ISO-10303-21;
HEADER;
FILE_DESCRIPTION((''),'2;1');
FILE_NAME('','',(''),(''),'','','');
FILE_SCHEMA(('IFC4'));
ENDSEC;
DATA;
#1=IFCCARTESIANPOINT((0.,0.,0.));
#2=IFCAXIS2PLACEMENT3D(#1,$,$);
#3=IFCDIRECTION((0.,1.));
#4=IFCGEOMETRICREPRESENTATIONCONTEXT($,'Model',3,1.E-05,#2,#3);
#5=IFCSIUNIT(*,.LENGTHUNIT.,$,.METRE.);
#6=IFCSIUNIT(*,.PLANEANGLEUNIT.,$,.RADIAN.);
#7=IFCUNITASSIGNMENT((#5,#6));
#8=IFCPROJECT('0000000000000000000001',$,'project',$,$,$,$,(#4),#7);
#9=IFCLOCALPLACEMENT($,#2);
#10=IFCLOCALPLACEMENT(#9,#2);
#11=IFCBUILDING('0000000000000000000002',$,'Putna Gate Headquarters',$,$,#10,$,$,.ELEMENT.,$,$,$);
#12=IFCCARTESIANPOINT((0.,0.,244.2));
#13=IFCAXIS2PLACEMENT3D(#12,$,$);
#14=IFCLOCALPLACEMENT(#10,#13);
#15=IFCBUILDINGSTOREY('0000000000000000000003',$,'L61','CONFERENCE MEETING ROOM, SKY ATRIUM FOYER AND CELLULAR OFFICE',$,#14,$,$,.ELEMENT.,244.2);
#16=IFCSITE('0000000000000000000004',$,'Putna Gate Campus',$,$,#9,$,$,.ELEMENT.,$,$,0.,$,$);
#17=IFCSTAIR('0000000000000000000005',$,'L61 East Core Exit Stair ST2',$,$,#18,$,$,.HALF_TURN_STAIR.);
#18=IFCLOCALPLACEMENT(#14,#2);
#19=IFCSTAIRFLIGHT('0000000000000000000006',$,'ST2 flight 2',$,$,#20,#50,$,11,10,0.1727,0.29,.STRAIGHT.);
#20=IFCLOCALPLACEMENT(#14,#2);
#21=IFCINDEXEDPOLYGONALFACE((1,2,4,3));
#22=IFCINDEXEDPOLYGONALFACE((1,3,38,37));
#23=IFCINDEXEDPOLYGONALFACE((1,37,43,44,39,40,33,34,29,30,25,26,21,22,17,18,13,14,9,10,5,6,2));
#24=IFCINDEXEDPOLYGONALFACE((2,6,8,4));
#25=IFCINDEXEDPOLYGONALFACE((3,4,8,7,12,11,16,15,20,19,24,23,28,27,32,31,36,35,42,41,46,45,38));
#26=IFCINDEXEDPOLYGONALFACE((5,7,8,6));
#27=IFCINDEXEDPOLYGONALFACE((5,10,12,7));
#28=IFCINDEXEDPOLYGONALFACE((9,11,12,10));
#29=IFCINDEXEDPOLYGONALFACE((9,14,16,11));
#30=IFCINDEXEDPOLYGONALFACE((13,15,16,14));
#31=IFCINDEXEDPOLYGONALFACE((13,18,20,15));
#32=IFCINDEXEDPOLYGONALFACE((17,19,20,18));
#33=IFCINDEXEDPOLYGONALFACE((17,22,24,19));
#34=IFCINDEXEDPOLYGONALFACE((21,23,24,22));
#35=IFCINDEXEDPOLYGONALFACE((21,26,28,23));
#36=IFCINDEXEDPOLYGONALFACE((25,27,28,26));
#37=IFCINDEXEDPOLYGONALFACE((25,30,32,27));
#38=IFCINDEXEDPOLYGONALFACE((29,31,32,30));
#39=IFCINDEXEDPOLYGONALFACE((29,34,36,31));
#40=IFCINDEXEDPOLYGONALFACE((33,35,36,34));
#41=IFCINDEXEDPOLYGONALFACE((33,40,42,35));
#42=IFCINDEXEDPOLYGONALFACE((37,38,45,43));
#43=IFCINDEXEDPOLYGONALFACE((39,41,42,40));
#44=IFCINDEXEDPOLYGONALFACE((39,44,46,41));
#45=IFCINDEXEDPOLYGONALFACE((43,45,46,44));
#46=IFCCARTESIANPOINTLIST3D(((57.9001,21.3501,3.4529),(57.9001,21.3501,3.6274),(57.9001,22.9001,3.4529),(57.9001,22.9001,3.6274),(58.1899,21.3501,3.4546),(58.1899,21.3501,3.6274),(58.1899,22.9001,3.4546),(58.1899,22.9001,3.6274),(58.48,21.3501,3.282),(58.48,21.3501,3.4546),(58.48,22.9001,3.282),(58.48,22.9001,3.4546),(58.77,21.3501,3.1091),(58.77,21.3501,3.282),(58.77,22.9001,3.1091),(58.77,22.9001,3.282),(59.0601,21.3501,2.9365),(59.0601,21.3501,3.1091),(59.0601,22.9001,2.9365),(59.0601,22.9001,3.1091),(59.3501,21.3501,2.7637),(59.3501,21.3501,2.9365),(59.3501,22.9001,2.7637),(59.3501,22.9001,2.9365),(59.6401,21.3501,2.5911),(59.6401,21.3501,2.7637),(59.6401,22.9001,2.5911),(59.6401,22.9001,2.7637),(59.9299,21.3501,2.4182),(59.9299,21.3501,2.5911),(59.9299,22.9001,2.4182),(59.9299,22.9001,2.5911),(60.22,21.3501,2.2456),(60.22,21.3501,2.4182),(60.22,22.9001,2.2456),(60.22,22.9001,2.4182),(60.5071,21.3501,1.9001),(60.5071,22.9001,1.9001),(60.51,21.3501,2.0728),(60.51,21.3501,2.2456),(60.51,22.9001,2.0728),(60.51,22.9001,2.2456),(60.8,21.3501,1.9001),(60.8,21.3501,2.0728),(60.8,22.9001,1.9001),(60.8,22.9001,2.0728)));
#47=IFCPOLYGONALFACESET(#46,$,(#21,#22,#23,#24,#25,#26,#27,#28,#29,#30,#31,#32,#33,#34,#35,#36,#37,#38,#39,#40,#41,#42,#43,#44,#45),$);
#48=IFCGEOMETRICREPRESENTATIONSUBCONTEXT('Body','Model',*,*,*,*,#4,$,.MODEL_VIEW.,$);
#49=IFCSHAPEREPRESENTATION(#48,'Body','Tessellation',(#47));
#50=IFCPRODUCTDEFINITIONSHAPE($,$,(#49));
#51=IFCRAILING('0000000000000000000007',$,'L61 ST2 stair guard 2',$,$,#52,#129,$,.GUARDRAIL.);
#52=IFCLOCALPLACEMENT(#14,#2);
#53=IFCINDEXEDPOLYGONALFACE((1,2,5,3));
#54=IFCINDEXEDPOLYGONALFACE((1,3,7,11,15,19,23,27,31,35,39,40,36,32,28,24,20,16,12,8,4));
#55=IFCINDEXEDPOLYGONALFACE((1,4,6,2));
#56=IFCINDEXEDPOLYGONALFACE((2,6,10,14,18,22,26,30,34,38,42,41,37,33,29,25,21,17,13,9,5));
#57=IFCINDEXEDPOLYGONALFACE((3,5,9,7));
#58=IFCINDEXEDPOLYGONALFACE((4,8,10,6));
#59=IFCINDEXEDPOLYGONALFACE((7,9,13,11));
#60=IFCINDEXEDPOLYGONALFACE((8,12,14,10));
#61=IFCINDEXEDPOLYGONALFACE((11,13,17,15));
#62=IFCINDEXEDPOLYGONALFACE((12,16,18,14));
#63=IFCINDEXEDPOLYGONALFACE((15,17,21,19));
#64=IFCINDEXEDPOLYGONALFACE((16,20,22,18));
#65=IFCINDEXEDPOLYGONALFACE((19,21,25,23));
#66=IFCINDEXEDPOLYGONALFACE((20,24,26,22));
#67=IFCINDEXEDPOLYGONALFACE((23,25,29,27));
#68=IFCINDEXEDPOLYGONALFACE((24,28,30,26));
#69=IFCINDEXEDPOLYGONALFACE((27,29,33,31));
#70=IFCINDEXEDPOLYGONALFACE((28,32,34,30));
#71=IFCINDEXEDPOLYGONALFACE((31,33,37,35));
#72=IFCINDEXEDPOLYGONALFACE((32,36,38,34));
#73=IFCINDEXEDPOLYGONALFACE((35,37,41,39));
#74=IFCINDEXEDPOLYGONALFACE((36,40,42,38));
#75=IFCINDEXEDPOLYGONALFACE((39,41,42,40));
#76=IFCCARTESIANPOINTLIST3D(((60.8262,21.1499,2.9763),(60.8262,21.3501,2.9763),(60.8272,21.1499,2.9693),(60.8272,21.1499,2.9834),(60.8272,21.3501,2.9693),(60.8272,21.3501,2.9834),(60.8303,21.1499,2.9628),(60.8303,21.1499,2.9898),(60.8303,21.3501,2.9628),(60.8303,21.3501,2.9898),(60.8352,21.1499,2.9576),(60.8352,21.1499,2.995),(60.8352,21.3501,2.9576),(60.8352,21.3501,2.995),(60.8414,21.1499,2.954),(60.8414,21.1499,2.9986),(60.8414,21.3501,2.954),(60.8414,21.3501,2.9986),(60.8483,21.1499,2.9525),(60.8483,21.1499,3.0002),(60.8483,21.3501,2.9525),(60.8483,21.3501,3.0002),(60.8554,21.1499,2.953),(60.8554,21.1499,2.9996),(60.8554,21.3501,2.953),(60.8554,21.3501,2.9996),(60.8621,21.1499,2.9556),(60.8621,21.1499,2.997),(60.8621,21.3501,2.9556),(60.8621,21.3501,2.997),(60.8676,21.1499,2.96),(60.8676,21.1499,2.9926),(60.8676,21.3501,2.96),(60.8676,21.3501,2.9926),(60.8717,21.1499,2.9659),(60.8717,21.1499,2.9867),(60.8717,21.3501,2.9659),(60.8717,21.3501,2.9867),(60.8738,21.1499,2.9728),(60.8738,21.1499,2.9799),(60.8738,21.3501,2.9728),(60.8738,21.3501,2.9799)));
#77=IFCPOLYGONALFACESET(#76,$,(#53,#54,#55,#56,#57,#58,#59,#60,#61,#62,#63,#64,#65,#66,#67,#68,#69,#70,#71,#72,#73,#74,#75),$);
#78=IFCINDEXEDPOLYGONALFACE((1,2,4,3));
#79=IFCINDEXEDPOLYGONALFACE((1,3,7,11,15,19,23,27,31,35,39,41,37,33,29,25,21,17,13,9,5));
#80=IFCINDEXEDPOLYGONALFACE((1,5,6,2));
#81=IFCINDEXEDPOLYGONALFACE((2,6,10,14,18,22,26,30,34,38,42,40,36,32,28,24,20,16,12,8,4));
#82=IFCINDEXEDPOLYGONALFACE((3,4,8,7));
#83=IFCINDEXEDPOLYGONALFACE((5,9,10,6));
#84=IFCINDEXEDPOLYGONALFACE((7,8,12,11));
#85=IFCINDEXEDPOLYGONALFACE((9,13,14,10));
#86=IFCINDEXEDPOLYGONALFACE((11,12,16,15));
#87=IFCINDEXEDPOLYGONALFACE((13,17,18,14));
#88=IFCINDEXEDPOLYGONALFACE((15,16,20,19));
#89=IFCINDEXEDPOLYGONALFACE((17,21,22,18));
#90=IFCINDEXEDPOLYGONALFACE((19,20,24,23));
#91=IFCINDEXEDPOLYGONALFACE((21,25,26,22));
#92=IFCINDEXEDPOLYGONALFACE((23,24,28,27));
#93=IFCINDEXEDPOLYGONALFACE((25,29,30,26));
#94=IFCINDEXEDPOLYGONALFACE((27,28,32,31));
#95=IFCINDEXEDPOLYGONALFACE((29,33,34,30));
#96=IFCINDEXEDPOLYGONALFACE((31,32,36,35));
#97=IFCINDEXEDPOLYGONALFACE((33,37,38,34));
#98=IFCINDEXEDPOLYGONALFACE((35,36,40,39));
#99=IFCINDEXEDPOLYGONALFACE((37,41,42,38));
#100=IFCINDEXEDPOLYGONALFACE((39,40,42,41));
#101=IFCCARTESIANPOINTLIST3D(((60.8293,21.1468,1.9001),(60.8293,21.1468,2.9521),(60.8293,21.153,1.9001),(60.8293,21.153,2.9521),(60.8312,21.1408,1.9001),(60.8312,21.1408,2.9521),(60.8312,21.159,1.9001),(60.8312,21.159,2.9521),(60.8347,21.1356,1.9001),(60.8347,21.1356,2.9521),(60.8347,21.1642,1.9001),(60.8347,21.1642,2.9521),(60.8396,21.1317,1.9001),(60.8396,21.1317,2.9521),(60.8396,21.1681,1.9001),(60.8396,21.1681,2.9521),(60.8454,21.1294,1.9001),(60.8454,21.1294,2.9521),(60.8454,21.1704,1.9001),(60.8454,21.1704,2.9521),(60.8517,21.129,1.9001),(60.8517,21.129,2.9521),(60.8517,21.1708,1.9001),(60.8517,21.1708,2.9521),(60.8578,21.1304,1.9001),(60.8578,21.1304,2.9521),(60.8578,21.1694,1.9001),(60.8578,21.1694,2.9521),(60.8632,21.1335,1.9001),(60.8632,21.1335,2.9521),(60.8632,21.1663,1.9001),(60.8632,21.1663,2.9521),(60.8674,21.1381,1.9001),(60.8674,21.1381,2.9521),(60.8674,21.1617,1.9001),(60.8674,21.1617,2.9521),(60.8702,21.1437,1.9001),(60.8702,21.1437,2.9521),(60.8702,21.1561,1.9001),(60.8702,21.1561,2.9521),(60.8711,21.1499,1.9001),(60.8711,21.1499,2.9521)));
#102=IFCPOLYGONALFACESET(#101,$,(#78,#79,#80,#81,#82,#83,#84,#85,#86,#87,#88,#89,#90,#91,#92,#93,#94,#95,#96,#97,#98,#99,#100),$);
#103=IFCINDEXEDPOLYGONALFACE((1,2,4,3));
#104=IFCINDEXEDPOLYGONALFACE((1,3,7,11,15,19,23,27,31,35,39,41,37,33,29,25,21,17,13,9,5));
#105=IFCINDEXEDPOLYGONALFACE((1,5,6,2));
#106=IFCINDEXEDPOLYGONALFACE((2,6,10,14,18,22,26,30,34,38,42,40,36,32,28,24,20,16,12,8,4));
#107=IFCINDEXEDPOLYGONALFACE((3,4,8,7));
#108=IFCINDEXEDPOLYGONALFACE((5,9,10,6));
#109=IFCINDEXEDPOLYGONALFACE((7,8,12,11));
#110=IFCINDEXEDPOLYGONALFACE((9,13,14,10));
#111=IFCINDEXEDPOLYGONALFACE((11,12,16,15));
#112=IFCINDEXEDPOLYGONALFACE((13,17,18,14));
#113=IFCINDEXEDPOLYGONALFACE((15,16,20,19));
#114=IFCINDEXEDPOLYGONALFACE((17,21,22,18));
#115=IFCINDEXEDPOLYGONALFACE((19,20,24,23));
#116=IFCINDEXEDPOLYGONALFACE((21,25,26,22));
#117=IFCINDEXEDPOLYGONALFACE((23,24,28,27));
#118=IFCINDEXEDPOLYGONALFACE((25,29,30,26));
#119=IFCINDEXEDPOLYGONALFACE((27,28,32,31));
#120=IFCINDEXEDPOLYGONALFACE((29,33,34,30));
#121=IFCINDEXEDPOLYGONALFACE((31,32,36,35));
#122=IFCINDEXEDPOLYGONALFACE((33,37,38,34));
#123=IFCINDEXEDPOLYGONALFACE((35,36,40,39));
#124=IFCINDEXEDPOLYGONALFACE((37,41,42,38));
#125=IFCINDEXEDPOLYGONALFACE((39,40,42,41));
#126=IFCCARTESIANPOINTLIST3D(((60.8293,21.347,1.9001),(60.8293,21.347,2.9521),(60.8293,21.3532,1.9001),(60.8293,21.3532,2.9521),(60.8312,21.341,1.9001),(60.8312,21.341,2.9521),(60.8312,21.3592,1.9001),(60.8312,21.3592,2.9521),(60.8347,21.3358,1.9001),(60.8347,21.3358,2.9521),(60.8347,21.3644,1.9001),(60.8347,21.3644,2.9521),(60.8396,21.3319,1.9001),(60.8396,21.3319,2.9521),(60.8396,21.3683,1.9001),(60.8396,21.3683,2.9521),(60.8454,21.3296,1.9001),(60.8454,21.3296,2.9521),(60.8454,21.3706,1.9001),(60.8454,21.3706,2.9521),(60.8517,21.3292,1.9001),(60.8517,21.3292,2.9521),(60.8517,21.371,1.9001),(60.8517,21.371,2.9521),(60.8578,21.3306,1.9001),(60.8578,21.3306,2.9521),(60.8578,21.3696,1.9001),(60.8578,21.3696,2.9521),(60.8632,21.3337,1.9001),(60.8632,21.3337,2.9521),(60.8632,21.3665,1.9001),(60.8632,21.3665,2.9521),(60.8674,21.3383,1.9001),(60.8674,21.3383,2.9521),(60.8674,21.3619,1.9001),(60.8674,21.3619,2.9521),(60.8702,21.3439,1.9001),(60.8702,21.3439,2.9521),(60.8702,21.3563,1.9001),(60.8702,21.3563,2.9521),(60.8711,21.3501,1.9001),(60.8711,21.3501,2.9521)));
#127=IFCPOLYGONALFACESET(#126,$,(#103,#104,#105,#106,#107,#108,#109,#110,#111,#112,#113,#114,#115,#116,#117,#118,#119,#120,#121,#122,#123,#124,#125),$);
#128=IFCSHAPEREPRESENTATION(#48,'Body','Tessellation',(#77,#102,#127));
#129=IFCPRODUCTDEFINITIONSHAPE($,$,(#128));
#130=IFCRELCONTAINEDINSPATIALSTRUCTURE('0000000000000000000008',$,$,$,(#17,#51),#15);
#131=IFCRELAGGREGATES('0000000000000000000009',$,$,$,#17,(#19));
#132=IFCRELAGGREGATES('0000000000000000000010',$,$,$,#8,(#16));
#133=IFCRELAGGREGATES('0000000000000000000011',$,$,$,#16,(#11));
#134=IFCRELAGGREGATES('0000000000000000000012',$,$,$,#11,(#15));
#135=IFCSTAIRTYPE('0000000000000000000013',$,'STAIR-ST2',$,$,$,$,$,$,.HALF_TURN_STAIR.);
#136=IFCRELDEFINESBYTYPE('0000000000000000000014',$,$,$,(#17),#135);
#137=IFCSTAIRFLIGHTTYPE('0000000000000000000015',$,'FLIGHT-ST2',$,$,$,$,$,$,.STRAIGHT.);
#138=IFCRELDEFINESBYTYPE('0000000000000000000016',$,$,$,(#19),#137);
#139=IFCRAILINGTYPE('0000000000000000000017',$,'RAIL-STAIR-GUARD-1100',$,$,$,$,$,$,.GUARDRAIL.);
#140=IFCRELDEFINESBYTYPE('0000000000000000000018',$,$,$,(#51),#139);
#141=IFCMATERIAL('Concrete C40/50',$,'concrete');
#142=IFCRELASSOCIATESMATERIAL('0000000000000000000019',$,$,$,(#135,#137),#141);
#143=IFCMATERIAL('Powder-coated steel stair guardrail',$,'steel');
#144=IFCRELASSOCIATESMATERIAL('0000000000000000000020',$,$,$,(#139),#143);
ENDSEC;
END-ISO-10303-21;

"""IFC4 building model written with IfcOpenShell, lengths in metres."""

from ifc_helpers import new_model, si_unit, direction, frame, origin, origin_2d, place, context, subcontext, project, spatial, polyline, circle, outline, extrude, material, type_object, element, aggregate, save


model = new_model("IFC4")

# Units and contexts
model_context = context("Model", 3, precision=1e-05, world=origin(), true_north=direction((0.0, 1.0)))
body_context = subcontext(model_context, "Body", "Model", "MODEL_VIEW")
ifc_project = project(units=[si_unit("LENGTHUNIT", "METRE"), si_unit("PLANEANGLEUNIT", "RADIAN")], contexts=[model_context])

# Site, building, storey
site_placement = place(None, origin())
site = spatial("IfcSite", under=ifc_project, at=site_placement, Name="Putna Gate Campus", CompositionType="ELEMENT", RefElevation=0.0)
building_placement = place(site_placement, origin())
building = spatial("IfcBuilding", under=site, at=building_placement, Name="Putna Gate Headquarters", CompositionType="ELEMENT")
storey_placement = place(building_placement, frame((0.0, 0.0, 244.2)))
storey = spatial("IfcBuildingStorey", under=building, at=storey_placement, Name="L61", Description="CONFERENCE MEETING ROOM, SKY ATRIUM FOYER AND CELLULAR OFFICE", CompositionType="ELEMENT", Elevation=244.2)

# Shared definitions
ifc_material_1 = material(Name="Concrete C40/50", Category="concrete")

# Stair, stair flight
stair_type = type_object("IfcStairType", Name="STAIR-ST2", PredefinedType="HALF_TURN_STAIR", material=ifc_material_1)
stair_placement = place(storey_placement, origin())
stair = element("IfcStair", 1, at=stair_placement, inside=storey, type_object=stair_type, Name="L61 East Core Exit Stair ST2", PredefinedType="HALF_TURN_STAIR")
stair_flight_type = type_object("IfcStairFlightType", Name="FLIGHT-ST2", PredefinedType="STRAIGHT", material=ifc_material_1)
stair_flight_placement = place(storey_placement, frame((60.8, 22.125, 1.9001), z_axis=(0.0, 0.0, 1.0), x_axis=(-1.0, 0.0, 0.0)))
stair_flight = element("IfcStairFlight", 2, at=stair_flight_placement, type_object=stair_flight_type, Name="ST2 flight 2", NumberOfRisers=11, NumberOfTreads=10, PredefinedType="STRAIGHT", RiserHeight=0.1727, TreadLength=0.29, context=body_context, shape_type="SweptSolid", body=[
    extrude(outline(polyline([(0.0, 0.0), (0.0, 0.1726), (0.29, 0.1726), (0.29, 0.3455), (0.5801, 0.3455), (0.5801, 0.5181), (0.8701, 0.5181), (0.8701, 0.6909), (1.1599, 0.6909), (1.1599, 0.8635), (1.45, 0.8635), (1.45, 1.0364), (1.74, 1.0364), (1.74, 1.209), (2.03, 1.209), (2.03, 1.3818), (2.3201, 1.3818), (2.3201, 1.5544), (2.6101, 1.5544), (2.6101, 1.7273), (2.8999, 1.7273), (2.8999, 1.8999), (2.8999, 1.5527), (0.293, 0.0), (0.0, 0.0)])), frame((0.0, 0.7749, 0.0), z_axis=(0.0, -1.0, 0.0), x_axis=(1.0, 0.0, 0.0)), (0.0, 0.0, 1.0), 1.55),
])
aggregate(stair, [stair_flight])

# Railing
ifc_material_2 = material(Name="Powder-coated steel stair guardrail", Category="steel")
railing_type_1 = type_object("IfcRailingType", Name="RAIL-STAIR-GUARD-1100", PredefinedType="GUARDRAIL", material=ifc_material_2)
railing_1_placement = place(storey_placement, frame((60.8501, 21.1499, 1.9001)))
element("IfcRailing", 3, at=railing_1_placement, inside=storey, type_object=railing_type_1, Name="L61 ST2 stair guard 2", PredefinedType="GUARDRAIL", context=body_context, shape_type="SweptSolid", body=[
    extrude(circle(Radius=0.0239, at=origin_2d()), frame((0.0, 0.0, 1.0762), z_axis=(0.0, 1.0, 0.0), x_axis=(-1.0, 0.0, 0.0)), (0.0, 0.0, 1.0), 0.2002),
    extrude(circle(Radius=0.021, at=origin_2d()), origin(), (0.0, 0.0, 1.0), 1.052),
    extrude(circle(Radius=0.021, at=origin_2d()), frame((0.0, 0.2002, 0.0)), (0.0, 0.0, 1.0), 1.052),
])

save(model, "model.ifc")
